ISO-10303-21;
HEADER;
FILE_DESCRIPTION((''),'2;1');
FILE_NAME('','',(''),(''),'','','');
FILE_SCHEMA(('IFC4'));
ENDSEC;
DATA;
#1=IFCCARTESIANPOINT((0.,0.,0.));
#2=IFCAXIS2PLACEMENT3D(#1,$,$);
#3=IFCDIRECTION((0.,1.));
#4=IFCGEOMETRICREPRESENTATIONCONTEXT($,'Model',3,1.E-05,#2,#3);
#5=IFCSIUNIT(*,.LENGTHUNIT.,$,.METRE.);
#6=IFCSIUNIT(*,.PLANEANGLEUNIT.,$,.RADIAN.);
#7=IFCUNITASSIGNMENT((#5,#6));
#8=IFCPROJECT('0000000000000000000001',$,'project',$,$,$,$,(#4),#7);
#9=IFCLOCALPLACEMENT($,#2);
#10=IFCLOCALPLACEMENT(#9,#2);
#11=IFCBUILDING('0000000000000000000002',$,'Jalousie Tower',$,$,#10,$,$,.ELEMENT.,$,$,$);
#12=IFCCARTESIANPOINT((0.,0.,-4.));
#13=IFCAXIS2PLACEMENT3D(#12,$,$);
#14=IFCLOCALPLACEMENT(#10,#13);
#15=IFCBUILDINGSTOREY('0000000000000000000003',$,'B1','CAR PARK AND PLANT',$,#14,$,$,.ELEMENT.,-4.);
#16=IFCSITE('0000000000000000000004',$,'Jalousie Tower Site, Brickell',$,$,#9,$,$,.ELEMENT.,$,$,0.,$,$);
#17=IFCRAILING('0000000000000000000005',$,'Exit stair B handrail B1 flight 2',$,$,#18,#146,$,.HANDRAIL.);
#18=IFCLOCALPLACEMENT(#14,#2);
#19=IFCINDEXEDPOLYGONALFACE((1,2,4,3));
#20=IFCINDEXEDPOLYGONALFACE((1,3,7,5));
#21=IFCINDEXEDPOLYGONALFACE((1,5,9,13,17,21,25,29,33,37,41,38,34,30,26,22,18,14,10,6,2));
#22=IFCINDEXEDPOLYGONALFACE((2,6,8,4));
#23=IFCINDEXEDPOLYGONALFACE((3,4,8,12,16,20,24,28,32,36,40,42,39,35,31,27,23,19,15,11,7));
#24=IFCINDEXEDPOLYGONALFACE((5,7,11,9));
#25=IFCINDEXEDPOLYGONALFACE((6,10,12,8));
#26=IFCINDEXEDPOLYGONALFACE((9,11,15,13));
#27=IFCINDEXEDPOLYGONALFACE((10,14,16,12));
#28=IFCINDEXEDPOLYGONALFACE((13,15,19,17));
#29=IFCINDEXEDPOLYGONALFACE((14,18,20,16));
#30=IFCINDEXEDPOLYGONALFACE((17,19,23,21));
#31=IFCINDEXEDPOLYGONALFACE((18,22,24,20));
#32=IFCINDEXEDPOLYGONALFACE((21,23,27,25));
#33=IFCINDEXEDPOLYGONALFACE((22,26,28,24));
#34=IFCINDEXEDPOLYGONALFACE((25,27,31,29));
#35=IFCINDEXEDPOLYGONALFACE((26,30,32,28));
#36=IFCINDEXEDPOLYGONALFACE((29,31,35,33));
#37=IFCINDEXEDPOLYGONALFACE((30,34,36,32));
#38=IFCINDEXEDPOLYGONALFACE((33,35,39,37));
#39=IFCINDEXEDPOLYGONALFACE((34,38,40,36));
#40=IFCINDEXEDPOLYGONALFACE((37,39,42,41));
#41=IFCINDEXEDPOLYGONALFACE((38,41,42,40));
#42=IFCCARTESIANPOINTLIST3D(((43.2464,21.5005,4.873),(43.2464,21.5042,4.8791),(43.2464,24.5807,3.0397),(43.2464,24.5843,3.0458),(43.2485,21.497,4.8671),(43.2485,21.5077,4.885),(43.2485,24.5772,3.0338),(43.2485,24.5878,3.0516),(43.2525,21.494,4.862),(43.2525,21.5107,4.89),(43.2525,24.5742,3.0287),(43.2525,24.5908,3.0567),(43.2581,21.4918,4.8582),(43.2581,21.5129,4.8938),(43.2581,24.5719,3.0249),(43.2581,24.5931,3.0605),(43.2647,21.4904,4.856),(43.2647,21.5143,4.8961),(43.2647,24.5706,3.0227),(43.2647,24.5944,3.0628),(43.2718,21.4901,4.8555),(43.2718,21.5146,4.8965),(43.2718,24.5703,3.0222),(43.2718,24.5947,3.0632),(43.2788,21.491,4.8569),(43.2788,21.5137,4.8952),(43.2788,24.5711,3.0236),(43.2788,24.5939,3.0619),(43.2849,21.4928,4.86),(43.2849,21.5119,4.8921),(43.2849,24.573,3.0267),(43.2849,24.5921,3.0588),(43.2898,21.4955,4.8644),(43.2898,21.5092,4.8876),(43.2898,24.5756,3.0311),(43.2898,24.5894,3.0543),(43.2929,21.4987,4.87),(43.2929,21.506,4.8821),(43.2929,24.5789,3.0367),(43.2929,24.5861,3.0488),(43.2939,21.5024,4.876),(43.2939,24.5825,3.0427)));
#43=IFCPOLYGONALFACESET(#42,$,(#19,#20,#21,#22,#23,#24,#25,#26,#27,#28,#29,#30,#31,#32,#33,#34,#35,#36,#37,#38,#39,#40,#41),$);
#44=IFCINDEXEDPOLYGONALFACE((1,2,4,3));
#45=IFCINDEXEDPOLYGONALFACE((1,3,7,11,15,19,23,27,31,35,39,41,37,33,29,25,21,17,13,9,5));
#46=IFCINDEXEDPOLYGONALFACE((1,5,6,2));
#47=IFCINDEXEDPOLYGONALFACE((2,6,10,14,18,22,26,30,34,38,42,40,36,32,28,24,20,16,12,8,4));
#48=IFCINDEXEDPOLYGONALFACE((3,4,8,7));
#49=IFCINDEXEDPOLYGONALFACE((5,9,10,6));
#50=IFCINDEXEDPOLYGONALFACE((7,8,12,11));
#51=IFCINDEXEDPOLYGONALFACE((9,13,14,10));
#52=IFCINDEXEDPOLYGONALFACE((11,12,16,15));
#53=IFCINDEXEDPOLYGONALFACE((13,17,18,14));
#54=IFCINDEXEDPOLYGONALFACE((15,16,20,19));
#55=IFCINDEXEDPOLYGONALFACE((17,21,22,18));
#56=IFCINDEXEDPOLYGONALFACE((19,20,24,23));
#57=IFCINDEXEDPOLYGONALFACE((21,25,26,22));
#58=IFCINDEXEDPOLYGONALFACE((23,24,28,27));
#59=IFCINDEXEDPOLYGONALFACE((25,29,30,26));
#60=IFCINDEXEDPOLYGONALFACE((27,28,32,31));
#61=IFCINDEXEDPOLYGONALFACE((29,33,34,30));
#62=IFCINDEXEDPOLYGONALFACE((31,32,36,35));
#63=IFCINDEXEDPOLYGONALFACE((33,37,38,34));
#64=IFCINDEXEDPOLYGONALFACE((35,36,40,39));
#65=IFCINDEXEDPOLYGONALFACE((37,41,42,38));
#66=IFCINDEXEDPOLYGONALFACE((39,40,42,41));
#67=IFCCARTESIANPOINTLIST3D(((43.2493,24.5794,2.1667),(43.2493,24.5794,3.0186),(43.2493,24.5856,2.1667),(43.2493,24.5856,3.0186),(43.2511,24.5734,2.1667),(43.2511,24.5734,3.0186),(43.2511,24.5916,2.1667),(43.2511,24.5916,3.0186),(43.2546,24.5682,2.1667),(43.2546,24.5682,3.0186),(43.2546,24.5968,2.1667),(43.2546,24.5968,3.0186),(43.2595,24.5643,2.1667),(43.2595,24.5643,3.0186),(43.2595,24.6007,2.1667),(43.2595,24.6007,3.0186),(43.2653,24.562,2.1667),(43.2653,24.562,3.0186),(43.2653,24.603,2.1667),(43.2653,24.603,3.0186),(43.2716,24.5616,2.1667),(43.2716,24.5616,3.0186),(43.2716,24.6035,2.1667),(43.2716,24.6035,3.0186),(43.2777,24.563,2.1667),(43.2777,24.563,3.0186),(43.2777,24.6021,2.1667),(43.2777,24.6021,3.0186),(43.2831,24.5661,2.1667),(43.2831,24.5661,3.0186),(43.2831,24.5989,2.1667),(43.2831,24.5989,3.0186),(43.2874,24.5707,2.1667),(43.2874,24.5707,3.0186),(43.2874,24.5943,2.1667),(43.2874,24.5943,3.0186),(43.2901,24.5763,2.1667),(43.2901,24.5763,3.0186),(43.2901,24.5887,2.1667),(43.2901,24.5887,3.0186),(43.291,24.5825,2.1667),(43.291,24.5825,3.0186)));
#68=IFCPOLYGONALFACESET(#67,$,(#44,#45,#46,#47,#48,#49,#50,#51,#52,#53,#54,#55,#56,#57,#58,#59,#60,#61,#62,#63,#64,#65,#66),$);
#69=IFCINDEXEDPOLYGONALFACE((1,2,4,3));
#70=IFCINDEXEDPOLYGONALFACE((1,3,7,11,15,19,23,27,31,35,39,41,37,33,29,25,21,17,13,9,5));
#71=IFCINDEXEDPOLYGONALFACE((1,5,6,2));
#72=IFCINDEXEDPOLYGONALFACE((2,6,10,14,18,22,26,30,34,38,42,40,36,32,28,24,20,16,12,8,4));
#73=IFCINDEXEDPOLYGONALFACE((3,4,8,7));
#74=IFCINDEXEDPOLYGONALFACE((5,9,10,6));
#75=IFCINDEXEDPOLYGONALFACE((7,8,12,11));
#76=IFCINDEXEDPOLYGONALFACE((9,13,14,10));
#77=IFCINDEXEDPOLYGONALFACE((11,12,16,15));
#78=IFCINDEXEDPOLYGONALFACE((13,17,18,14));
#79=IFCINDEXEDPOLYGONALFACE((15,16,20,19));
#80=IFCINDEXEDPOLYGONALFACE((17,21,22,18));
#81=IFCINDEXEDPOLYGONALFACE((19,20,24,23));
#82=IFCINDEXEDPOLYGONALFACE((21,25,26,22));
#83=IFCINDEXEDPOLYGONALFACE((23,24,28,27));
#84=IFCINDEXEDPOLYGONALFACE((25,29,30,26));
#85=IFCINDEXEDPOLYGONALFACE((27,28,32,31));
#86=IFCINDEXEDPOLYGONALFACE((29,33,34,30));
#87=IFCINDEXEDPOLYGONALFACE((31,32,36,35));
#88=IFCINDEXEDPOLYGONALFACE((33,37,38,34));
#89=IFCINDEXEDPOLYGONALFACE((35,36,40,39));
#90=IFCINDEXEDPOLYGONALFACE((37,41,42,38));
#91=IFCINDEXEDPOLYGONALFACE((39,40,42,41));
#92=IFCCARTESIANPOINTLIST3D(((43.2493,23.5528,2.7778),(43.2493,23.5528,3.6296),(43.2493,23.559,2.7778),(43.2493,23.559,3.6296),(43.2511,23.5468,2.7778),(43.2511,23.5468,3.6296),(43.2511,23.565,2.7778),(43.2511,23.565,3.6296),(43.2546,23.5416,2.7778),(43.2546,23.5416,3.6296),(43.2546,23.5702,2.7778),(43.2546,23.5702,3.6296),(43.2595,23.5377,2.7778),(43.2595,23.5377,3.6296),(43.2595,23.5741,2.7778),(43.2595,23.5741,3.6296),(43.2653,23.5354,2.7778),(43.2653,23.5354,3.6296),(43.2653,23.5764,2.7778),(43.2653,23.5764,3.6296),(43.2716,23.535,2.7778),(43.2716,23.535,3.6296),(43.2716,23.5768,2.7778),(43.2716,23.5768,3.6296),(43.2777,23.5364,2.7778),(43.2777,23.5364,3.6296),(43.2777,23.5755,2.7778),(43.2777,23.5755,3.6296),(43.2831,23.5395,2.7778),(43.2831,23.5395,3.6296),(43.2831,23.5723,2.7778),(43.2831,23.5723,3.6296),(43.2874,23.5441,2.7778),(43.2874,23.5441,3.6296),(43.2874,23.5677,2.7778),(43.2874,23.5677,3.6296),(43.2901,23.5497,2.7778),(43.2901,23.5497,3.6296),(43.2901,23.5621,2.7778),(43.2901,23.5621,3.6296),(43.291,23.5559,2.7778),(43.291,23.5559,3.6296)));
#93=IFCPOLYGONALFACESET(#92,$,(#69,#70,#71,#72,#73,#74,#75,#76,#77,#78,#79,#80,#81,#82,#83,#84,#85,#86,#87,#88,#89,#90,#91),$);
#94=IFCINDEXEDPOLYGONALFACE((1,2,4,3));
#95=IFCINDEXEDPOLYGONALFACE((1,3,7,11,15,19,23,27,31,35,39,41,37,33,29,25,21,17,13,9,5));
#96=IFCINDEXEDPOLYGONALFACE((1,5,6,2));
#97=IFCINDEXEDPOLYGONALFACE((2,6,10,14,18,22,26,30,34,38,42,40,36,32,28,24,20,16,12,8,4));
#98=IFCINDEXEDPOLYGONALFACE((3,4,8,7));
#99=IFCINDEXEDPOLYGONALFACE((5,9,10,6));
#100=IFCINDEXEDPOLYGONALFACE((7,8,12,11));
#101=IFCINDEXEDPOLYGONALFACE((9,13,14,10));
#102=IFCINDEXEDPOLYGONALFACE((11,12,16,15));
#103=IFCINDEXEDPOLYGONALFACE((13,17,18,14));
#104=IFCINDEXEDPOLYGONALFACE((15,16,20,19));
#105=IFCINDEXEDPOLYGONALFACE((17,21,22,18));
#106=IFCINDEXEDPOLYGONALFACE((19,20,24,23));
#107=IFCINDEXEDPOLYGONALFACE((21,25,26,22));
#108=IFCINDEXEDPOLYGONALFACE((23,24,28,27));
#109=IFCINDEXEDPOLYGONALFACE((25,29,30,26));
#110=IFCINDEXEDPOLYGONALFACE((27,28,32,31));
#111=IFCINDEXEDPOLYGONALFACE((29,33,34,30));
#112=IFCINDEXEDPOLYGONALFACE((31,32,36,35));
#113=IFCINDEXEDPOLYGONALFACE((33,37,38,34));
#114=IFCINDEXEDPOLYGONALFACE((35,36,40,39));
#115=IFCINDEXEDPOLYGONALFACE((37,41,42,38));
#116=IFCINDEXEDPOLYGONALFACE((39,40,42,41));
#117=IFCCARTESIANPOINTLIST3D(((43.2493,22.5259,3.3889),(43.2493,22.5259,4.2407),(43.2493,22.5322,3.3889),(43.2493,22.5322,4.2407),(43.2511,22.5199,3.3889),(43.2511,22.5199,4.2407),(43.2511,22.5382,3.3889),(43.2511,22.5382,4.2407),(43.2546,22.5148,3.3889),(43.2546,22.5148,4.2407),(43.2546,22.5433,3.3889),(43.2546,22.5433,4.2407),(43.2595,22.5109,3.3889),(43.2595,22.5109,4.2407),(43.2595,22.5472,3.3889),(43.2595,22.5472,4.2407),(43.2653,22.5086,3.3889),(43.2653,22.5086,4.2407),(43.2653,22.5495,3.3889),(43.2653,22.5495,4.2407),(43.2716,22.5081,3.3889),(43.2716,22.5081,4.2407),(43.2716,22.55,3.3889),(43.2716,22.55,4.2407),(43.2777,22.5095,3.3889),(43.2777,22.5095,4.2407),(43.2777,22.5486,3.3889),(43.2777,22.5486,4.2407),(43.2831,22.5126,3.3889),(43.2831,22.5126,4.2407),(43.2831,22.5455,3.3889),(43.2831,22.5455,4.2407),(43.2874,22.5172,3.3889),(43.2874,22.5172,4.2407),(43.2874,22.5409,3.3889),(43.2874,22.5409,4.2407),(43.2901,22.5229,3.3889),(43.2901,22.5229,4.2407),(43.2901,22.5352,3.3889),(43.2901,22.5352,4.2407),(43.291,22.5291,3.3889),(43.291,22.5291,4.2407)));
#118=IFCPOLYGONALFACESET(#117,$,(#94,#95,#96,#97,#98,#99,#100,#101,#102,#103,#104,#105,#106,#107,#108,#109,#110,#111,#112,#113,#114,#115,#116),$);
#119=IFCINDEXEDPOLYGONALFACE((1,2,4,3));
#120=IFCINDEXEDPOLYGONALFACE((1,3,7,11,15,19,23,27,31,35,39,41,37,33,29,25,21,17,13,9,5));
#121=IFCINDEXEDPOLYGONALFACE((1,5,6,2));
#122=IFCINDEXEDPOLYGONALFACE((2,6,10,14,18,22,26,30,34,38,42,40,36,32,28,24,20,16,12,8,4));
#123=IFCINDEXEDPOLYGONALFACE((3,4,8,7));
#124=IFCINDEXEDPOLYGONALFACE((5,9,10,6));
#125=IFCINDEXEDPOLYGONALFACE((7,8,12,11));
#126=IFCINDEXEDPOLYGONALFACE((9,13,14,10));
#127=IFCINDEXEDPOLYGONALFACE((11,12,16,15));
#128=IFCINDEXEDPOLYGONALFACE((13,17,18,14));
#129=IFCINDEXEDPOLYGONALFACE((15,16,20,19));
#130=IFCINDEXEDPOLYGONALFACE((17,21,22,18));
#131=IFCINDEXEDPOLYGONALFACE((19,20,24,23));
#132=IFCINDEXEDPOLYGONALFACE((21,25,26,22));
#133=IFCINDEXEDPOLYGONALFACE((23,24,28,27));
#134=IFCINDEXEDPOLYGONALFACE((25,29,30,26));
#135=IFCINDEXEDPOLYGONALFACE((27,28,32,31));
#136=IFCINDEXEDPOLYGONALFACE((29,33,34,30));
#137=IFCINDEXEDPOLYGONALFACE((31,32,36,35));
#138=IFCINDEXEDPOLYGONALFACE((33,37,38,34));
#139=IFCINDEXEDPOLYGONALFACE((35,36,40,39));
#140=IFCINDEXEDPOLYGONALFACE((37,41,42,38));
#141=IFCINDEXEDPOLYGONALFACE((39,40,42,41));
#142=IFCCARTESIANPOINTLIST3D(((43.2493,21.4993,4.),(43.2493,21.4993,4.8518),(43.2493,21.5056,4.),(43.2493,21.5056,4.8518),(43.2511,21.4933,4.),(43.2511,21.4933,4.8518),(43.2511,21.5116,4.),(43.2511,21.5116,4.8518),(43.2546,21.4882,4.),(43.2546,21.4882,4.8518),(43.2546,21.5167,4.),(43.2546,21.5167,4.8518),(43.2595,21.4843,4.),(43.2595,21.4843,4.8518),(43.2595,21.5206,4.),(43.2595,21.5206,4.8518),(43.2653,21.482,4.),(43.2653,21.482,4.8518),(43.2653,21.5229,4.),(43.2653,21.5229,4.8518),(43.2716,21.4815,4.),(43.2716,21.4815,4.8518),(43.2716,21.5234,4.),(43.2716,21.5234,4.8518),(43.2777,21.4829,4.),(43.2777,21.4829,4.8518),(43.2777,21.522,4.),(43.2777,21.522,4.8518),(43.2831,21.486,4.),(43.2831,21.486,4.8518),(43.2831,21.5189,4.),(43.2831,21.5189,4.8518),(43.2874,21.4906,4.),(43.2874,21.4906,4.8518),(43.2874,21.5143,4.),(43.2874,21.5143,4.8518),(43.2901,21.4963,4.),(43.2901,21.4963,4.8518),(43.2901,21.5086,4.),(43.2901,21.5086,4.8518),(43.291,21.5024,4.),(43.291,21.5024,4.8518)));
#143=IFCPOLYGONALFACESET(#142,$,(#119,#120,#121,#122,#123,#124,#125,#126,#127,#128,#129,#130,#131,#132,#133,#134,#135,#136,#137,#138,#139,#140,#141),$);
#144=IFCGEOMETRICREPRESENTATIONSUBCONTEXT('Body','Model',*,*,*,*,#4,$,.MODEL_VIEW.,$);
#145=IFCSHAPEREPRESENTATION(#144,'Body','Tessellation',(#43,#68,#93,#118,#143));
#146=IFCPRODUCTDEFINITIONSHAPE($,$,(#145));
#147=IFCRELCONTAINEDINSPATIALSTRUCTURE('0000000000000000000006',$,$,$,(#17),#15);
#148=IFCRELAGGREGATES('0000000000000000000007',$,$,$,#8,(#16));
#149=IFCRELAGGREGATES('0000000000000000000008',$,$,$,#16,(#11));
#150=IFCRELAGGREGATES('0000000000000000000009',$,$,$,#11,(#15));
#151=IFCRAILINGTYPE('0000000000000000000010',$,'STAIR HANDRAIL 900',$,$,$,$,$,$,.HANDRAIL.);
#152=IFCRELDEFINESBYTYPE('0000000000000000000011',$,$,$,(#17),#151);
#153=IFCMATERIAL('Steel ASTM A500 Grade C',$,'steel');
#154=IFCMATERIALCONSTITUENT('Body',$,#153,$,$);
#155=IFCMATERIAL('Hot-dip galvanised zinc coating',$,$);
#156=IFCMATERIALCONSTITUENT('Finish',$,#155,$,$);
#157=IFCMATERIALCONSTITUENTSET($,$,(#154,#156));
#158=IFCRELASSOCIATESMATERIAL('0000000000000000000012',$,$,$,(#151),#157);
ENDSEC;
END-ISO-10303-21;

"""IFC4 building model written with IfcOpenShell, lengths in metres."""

from ifc_helpers import new_model, si_unit, direction, frame, origin, origin_2d, place, context, subcontext, project, spatial, circle, extrude, material, constituent, constituent_set, type_object, element, save


model = new_model("IFC4")

# Units and contexts
model_context = context("Model", 3, precision=1e-05, world=origin(), true_north=direction((0.0, 1.0)))
body_context = subcontext(model_context, "Body", "Model", "MODEL_VIEW")
ifc_project = project(units=[si_unit("LENGTHUNIT", "METRE"), si_unit("PLANEANGLEUNIT", "RADIAN")], contexts=[model_context])

# Site, building, storey
site_placement = place(None, origin())
site = spatial("IfcSite", under=ifc_project, at=site_placement, Name="Jalousie Tower Site, Brickell", CompositionType="ELEMENT", RefElevation=0.0)
building_placement = place(site_placement, origin())
building = spatial("IfcBuilding", under=site, at=building_placement, Name="Jalousie Tower", CompositionType="ELEMENT")
storey_placement = place(building_placement, frame((0.0, 0.0, -4.0)))
storey = spatial("IfcBuildingStorey", under=building, at=storey_placement, Name="B1", Description="CAR PARK AND PLANT", CompositionType="ELEMENT", Elevation=-4.0)

# Railing
ifc_material_1 = material(Name="Steel ASTM A500 Grade C", Category="steel")
ifc_constituent_1 = constituent(ifc_material_1, Name="Body")
ifc_material_2 = material(Name="Hot-dip galvanised zinc coating")
ifc_constituent_2 = constituent(ifc_material_2, Name="Finish")
ifc_constituent_set_1 = constituent_set(constituents=[ifc_constituent_1, ifc_constituent_2])
railing_type_1 = type_object("IfcRailingType", Name="STAIR HANDRAIL 900", PredefinedType="HANDRAIL", material=ifc_constituent_set_1)
for number, where, name in (
    (1, (43.27, 24.5825, 2.1667), "Exit stair B handrail B1 flight 2"),
):
    element("IfcRailing", number, at=place(storey_placement, frame(where)), inside=storey, type_object=railing_type_1, Name=name, PredefinedType="HANDRAIL", context=body_context, shape_type="SweptSolid", body=[
        extrude(circle(Radius=0.0239, at=origin_2d()), frame((0.0, 0.0, 0.876), z_axis=(0.0, -0.859309, 0.511458), x_axis=(1.0, 0.0, 0.0)), (0.0, 0.0, 1.0), 3.5845),
        extrude(circle(Radius=0.021, at=origin_2d()), origin(), (0.0, 0.0, 1.0), 0.8518),
        extrude(circle(Radius=0.021, at=origin_2d()), frame((0.0, -1.0266, 0.6111)), (0.0, 0.0, 1.0), 0.8518),
        extrude(circle(Radius=0.021, at=origin_2d()), frame((0.0, -2.0535, 1.2222)), (0.0, 0.0, 1.0), 0.8518),
        extrude(circle(Radius=0.021, at=origin_2d()), frame((0.0, -3.0801, 1.8333)), (0.0, 0.0, 1.0), 0.8518),
    ])

save(model, "model.ifc")
